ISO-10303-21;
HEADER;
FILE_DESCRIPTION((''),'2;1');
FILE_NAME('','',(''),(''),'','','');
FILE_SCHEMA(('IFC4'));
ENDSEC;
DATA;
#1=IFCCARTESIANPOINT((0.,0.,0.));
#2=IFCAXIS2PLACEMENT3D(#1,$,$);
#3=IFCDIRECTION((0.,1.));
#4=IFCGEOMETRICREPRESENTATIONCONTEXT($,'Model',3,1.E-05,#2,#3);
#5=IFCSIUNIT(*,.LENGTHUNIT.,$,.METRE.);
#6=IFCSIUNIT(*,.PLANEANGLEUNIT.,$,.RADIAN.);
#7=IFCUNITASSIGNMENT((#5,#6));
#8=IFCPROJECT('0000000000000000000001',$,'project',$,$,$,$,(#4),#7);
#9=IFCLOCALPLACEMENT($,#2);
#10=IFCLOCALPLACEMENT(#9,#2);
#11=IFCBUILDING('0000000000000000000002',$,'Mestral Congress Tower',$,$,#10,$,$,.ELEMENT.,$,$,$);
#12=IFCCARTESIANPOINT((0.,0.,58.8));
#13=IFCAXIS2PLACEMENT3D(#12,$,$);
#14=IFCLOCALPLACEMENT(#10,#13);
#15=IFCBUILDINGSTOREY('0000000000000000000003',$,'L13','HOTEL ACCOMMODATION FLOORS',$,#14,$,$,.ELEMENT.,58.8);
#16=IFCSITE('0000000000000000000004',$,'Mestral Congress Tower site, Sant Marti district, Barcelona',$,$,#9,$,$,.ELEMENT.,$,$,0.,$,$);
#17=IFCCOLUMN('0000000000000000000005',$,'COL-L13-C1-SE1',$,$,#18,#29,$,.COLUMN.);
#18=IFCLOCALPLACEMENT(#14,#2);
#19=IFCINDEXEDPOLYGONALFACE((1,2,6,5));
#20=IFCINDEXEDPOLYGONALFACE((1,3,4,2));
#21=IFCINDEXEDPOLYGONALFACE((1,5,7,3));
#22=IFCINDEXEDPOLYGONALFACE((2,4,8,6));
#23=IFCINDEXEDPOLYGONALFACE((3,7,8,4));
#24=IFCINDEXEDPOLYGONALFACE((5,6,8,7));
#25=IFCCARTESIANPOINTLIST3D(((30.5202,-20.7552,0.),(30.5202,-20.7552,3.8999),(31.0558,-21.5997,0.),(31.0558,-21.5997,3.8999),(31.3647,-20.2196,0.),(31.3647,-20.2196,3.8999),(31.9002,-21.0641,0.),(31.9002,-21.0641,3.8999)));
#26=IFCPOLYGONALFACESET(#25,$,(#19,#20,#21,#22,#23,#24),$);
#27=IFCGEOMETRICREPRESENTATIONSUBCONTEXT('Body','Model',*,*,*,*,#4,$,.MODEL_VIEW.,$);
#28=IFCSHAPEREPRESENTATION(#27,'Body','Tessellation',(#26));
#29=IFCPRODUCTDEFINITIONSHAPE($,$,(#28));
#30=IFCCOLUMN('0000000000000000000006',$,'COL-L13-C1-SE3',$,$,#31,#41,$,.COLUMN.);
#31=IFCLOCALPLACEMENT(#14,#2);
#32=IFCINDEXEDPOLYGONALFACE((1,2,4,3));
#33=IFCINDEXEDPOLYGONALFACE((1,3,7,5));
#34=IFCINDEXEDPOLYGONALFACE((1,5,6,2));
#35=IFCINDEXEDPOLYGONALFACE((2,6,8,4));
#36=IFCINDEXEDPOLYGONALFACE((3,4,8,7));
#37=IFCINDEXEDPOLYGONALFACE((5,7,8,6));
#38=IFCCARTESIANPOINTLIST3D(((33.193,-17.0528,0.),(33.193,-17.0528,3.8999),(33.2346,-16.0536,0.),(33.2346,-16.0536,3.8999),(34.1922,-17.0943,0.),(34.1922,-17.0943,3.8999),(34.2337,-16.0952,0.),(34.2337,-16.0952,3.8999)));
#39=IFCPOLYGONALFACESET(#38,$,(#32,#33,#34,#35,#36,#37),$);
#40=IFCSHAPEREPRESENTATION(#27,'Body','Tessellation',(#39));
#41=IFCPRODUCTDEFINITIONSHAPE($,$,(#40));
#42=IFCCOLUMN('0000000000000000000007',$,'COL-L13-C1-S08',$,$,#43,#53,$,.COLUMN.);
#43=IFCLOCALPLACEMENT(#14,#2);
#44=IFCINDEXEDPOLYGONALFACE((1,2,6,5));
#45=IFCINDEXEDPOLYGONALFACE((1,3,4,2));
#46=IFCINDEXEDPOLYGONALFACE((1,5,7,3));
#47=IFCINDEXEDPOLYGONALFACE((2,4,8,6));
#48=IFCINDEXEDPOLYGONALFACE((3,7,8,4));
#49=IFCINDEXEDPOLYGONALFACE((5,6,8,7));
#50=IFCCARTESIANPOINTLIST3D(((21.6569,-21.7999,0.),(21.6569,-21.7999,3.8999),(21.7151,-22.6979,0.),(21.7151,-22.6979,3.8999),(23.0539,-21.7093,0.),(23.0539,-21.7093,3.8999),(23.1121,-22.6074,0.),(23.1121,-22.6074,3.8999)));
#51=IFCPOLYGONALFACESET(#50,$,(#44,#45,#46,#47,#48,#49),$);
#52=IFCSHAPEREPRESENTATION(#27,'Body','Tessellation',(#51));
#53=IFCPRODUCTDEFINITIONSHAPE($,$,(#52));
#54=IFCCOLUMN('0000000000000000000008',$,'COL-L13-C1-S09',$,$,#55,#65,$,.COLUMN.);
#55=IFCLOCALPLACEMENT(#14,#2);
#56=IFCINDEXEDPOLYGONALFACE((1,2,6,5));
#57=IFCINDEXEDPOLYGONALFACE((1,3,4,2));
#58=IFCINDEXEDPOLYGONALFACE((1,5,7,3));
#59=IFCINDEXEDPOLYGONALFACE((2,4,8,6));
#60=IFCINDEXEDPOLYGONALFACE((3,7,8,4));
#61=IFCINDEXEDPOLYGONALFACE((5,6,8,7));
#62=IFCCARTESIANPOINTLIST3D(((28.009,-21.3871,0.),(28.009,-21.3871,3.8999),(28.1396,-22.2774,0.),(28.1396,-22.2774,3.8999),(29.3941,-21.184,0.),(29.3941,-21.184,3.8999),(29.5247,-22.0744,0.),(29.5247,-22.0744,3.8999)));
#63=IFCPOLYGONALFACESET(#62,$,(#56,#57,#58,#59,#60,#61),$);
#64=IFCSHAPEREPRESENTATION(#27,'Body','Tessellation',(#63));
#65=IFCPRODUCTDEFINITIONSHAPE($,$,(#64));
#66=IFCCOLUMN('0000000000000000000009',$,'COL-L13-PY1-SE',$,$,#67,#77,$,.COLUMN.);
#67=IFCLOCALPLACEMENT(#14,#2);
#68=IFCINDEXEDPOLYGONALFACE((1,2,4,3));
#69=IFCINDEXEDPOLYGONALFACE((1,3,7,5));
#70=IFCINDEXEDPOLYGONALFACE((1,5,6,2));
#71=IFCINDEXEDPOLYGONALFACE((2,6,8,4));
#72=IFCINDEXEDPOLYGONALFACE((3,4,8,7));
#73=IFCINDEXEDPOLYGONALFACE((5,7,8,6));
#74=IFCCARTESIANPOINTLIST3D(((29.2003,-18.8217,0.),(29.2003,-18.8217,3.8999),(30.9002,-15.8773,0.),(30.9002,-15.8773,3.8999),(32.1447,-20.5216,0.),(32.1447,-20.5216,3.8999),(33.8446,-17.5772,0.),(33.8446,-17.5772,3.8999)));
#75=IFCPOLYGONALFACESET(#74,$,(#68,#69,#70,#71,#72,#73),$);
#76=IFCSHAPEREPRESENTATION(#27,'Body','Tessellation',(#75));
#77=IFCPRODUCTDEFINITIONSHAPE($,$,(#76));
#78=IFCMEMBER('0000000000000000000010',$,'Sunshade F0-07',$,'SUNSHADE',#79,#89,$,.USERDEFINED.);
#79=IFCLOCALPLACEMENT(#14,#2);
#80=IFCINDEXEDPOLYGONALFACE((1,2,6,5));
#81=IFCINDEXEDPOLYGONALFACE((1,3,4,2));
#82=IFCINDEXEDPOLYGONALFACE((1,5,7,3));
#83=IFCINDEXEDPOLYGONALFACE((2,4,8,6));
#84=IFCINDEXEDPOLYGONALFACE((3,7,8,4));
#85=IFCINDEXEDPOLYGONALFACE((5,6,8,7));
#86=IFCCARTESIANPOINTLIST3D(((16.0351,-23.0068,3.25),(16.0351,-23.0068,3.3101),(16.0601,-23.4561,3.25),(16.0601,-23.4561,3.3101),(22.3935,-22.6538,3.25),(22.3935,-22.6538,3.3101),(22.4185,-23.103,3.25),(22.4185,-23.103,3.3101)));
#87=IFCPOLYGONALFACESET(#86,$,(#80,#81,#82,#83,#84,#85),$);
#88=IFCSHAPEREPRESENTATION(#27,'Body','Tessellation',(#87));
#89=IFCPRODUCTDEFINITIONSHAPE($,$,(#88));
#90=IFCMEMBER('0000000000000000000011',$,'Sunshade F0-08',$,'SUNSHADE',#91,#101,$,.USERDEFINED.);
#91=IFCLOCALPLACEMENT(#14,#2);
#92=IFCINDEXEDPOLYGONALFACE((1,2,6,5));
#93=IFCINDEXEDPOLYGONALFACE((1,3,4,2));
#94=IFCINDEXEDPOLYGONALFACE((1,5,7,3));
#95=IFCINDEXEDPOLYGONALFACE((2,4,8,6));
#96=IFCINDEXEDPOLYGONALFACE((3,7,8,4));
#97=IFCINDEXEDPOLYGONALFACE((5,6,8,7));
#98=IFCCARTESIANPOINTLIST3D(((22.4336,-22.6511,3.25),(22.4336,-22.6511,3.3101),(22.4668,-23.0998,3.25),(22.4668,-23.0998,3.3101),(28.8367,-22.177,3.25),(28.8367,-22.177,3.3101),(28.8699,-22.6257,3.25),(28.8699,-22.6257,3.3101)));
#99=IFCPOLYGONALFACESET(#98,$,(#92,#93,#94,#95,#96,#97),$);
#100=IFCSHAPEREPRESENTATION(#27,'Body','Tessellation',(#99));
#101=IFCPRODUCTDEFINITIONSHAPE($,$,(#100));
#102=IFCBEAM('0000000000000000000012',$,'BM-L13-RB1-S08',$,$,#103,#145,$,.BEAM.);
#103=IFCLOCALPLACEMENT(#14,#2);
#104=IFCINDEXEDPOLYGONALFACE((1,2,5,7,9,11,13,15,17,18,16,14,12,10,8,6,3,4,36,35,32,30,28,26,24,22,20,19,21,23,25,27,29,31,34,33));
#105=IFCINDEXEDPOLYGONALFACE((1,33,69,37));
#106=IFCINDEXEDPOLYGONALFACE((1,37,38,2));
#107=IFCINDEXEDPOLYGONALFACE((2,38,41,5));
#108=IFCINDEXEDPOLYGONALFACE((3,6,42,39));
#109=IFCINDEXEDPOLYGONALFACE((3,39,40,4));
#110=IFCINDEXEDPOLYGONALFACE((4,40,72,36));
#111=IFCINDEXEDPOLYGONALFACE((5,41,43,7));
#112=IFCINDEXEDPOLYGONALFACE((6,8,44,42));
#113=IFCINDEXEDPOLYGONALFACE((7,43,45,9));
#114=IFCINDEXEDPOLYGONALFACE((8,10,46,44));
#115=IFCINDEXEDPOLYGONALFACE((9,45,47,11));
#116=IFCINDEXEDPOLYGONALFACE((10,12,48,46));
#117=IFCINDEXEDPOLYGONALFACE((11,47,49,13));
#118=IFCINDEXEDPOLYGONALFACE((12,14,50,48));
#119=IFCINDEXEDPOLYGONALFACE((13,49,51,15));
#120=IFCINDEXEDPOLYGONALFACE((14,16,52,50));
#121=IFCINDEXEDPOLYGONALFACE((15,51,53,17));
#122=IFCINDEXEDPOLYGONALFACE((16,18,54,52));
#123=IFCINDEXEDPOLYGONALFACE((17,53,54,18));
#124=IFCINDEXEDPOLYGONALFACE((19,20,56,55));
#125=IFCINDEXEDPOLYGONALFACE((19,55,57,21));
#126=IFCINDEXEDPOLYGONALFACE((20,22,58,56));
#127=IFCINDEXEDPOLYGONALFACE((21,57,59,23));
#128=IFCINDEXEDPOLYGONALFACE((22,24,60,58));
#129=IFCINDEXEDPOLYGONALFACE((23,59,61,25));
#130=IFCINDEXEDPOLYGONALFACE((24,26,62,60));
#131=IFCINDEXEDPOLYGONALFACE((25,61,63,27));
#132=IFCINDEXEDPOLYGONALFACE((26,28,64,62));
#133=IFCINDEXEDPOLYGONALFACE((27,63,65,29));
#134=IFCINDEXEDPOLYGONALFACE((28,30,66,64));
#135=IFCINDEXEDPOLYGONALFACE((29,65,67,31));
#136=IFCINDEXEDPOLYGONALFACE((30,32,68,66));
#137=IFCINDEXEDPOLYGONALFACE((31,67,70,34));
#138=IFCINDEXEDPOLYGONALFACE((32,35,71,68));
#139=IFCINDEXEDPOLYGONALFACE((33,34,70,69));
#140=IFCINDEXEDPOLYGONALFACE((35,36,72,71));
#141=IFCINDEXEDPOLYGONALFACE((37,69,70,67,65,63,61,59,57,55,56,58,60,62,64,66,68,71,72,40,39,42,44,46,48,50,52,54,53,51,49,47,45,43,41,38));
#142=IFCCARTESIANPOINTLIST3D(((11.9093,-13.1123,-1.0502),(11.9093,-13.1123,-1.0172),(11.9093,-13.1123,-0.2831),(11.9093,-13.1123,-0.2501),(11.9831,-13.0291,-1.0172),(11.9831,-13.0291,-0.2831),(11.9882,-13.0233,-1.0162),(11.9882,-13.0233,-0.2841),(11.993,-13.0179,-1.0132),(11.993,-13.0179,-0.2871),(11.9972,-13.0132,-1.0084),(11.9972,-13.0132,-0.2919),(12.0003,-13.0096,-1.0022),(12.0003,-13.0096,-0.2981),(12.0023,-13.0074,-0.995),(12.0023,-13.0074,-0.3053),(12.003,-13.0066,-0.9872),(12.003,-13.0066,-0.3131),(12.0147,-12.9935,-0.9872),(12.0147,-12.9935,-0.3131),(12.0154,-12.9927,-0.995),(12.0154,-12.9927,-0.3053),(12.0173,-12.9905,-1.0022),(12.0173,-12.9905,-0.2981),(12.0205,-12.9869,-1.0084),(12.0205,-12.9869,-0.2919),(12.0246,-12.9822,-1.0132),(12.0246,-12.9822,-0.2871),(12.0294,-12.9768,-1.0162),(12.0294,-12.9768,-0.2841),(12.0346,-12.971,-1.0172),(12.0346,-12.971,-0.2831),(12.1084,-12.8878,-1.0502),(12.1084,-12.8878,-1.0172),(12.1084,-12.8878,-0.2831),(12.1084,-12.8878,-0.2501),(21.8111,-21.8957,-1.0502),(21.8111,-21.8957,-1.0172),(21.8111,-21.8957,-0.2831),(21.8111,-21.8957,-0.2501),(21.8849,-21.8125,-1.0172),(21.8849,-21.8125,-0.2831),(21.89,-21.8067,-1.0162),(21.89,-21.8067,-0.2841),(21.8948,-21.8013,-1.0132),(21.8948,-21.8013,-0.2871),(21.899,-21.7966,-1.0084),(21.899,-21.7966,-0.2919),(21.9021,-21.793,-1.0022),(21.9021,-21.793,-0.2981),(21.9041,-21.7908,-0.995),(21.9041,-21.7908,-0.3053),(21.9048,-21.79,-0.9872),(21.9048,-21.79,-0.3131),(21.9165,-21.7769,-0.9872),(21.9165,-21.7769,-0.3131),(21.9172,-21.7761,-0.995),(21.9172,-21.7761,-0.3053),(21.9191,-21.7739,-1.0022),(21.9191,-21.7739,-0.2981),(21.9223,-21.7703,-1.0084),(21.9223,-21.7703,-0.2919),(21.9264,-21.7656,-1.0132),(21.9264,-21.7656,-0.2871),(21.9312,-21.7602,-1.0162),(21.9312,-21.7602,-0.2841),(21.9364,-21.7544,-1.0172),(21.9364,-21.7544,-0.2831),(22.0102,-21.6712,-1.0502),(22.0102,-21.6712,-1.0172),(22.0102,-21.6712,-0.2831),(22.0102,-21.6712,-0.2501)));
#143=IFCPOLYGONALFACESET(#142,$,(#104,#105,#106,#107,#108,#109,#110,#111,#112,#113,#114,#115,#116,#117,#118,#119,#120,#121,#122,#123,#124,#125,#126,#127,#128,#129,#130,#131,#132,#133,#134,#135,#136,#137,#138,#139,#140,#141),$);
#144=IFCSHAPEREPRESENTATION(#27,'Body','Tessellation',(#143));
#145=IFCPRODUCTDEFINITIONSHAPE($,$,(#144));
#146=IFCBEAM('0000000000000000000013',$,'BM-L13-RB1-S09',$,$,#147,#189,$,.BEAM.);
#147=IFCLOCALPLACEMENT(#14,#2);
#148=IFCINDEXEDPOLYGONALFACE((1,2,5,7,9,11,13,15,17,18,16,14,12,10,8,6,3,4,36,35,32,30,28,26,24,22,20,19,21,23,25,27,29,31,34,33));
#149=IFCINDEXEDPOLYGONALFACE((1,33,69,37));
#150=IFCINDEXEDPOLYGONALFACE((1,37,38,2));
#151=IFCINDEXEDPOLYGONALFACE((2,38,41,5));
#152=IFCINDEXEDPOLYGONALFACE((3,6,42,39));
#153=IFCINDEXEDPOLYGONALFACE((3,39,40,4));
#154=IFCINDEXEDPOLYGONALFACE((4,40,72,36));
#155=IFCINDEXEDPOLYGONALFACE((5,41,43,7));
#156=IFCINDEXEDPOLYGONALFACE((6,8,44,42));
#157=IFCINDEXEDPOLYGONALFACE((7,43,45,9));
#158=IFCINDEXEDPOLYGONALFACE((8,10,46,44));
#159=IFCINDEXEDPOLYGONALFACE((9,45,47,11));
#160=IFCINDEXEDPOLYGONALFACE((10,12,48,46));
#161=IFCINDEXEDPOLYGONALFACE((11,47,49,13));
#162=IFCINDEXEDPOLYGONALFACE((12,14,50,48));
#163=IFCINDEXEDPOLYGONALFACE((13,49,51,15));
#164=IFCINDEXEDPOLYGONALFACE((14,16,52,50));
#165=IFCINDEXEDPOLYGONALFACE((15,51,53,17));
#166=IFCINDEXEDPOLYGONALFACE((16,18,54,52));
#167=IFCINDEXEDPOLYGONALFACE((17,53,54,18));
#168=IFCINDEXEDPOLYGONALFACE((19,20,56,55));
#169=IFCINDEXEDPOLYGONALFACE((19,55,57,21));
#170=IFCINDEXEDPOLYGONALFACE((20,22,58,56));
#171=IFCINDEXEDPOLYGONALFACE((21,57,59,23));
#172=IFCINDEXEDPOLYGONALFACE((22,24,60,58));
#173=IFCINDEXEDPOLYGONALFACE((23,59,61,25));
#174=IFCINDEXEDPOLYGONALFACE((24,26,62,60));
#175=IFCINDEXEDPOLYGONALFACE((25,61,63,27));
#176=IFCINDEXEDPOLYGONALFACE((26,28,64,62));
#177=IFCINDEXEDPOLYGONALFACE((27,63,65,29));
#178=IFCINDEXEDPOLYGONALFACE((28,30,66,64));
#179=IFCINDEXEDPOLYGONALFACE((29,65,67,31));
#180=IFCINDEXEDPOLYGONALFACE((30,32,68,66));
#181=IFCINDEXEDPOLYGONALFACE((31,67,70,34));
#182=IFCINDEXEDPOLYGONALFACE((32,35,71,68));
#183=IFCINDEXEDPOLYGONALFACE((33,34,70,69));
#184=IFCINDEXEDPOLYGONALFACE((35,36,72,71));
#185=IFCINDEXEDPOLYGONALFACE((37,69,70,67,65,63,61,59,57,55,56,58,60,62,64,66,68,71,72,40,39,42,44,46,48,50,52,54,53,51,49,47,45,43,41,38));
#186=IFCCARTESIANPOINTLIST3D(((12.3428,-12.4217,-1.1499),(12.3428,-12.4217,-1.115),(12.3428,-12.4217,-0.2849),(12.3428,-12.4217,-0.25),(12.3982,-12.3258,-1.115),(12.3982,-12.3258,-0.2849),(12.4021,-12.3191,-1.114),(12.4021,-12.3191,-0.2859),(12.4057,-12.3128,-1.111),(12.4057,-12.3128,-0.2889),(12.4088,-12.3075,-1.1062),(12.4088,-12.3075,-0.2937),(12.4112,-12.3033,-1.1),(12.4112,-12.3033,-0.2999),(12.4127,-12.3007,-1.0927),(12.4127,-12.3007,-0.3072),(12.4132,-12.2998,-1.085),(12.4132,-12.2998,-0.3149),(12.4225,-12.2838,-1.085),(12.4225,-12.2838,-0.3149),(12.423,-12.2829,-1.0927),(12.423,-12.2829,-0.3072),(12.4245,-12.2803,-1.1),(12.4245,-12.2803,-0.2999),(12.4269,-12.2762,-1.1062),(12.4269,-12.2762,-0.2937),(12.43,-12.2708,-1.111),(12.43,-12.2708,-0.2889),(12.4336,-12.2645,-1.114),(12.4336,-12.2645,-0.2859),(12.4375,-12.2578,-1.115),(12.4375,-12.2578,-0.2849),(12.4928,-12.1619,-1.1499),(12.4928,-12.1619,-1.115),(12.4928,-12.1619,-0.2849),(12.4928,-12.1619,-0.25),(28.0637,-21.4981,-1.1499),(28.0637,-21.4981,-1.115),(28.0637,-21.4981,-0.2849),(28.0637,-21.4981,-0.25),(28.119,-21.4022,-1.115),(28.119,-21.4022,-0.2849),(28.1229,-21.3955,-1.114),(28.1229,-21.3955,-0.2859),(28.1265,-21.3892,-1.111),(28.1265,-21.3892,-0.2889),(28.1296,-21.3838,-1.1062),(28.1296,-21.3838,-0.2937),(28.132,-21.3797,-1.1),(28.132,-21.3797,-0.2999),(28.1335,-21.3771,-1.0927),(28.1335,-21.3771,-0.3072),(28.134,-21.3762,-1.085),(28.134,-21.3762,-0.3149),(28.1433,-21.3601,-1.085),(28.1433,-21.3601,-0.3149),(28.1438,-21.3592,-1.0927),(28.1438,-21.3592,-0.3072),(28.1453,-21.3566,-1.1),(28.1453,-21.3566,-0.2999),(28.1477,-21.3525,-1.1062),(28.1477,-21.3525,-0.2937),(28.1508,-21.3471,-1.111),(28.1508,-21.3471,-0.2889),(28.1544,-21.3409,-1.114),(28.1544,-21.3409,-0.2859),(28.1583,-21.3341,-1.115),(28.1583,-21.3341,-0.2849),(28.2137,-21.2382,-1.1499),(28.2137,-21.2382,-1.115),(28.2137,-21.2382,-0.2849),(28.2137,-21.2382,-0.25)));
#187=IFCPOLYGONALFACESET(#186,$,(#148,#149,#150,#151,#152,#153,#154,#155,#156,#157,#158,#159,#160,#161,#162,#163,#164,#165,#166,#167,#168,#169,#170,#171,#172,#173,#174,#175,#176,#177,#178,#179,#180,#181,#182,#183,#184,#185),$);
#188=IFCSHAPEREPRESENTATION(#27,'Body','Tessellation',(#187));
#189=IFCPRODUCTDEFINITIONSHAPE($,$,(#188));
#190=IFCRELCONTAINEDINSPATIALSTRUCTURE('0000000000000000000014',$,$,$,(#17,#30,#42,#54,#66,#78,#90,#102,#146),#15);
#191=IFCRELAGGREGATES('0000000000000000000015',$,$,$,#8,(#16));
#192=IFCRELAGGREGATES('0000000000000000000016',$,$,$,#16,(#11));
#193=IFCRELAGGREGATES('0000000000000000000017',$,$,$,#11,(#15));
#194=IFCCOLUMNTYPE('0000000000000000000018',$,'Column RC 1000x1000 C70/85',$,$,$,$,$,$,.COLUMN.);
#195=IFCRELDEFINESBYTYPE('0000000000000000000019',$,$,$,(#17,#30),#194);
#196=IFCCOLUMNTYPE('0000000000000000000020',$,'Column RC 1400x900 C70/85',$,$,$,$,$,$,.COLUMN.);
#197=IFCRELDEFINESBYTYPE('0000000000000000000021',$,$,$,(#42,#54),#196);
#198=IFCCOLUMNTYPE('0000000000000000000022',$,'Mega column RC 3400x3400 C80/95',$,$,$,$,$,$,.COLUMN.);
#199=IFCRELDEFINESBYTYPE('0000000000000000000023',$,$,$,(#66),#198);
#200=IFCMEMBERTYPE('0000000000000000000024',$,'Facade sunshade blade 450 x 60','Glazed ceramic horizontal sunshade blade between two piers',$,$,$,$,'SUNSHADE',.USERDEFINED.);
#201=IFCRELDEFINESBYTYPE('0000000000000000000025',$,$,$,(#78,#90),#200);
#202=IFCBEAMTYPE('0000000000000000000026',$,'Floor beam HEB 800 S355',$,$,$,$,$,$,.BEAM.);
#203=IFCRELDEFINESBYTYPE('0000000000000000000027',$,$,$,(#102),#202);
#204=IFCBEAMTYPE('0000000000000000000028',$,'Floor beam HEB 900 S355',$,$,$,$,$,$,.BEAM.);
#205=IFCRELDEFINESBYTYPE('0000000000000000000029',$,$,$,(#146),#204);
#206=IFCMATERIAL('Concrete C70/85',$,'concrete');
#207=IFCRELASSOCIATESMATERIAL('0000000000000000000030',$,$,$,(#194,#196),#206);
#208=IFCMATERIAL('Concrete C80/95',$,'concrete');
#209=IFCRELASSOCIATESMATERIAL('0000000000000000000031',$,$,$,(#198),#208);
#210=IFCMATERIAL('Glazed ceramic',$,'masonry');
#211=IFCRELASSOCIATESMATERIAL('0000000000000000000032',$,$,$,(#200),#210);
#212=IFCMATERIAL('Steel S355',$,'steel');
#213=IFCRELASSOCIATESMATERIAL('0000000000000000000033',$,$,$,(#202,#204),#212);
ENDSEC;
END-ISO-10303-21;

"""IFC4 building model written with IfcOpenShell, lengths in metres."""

from ifc_helpers import new_model, si_unit, direction, frame, origin, origin_2d, place, context, subcontext, project, spatial, rectangle, i_section, extrude, material, material_profile, profile_set, type_object, element, save


model = new_model("IFC4")

# Units and contexts
model_context = context("Model", 3, precision=1e-05, world=origin(), true_north=direction((0.0, 1.0)))
body_context = subcontext(model_context, "Body", "Model", "MODEL_VIEW")
ifc_project = project(units=[si_unit("LENGTHUNIT", "METRE"), si_unit("PLANEANGLEUNIT", "RADIAN")], contexts=[model_context])

# Site, building, storey
site_placement = place(None, origin())
site = spatial("IfcSite", under=ifc_project, at=site_placement, Name="Mestral Congress Tower site, Sant Marti district, Barcelona", CompositionType="ELEMENT", RefElevation=0.0)
building_placement = place(site_placement, origin())
building = spatial("IfcBuilding", under=site, at=building_placement, Name="Mestral Congress Tower", CompositionType="ELEMENT")
storey_placement = place(building_placement, frame((0.0, 0.0, 58.8)))
storey = spatial("IfcBuildingStorey", under=building, at=storey_placement, Name="L13", Description="HOTEL ACCOMMODATION FLOORS", CompositionType="ELEMENT", Elevation=58.8)

# Columns
ifc_material_1 = material(Name="Concrete C70/85", Category="concrete")
ifc_material_profile_1 = material_profile(ifc_material_1, rectangle(XDim=1.0, YDim=1.0, at=origin_2d()), Name="RC 1000x1000")
ifc_profile_set_1 = profile_set([ifc_material_profile_1], Name="Concrete C70/85")
column_type_1 = type_object("IfcColumnType", Name="Column RC 1000x1000 C70/85", PredefinedType="COLUMN", material=ifc_profile_set_1)
for number, where, z_axis, x_axis, name in (
    (1, (31.2102, -20.9097, 0.0), (0.0, 0.0, 1.0), (0.844485, 0.535579, 0.0), "COL-L13-C1-SE1"),
    (2, (33.7134, -16.574, 0.0), (0.0, 0.0, 1.0), (0.041583, 0.999135, 0.0), "COL-L13-C1-SE3"),
):
    element("IfcColumn", number, at=place(storey_placement, frame(where, z_axis=z_axis, x_axis=x_axis)), inside=storey, type_object=column_type_1, Name=name, PredefinedType="COLUMN", context=body_context, shape_type="SweptSolid", body=[
        extrude(rectangle(XDim=1.0, YDim=1.0, at=origin_2d()), origin(), (0.0, 0.0, 1.0), 3.8999),
    ])
ifc_material_profile_2 = material_profile(ifc_material_1, rectangle(XDim=1.3999, YDim=0.8999, at=origin_2d()), Name="RC 1400x900")
ifc_profile_set_2 = profile_set([ifc_material_profile_2], Name="Concrete C70/85")
column_type_2 = type_object("IfcColumnType", Name="Column RC 1400x900 C70/85", PredefinedType="COLUMN", material=ifc_profile_set_2)
for number, where, z_axis, x_axis, name in (
    (3, (22.3845, -22.2036, 0.0), (0.0, 0.0, 1.0), (0.997908, 0.064658, 0.0), "COL-L13-C1-S08"),
    (4, (28.7668, -21.7307, 0.0), (0.0, 0.0, 1.0), (0.989424, 0.145056, 0.0), "COL-L13-C1-S09"),
):
    element("IfcColumn", number, at=place(storey_placement, frame(where, z_axis=z_axis, x_axis=x_axis)), inside=storey, type_object=column_type_2, Name=name, PredefinedType="COLUMN", context=body_context, shape_type="SweptSolid", body=[
        extrude(rectangle(XDim=1.3999, YDim=0.8999, at=origin_2d()), origin(), (0.0, 0.0, 1.0), 3.8999),
    ])
ifc_material_2 = material(Name="Concrete C80/95", Category="concrete")
ifc_material_profile_3 = material_profile(ifc_material_2, rectangle(XDim=3.3999, YDim=3.3999, at=origin_2d()), Name="RC 3400x3400")
ifc_profile_set_3 = profile_set([ifc_material_profile_3], Name="Concrete C80/95")
column_type_3 = type_object("IfcColumnType", Name="Mega column RC 3400x3400 C80/95", PredefinedType="COLUMN", material=ifc_profile_set_3)
column_placement = place(storey_placement, frame((31.5225, -18.1995, 0.0), z_axis=(0.0, 0.0, 1.0), x_axis=(0.866025, -0.5, 0.0)))
element("IfcColumn", 5, at=column_placement, inside=storey, type_object=column_type_3, Name="COL-L13-PY1-SE", PredefinedType="COLUMN", context=body_context, shape_type="SweptSolid", body=[
    extrude(rectangle(XDim=3.3999, YDim=3.3999, at=origin_2d()), origin(), (0.0, 0.0, 1.0), 3.8999),
])

# Members
ifc_material_3 = material(Name="Glazed ceramic", Category="masonry")
ifc_material_profile_4 = material_profile(ifc_material_3, rectangle(XDim=0.45, YDim=0.0601, at=origin_2d()), Name="Ceramic blade 450 x 60")
ifc_profile_set_4 = profile_set([ifc_material_profile_4], Name="Glazed ceramic")
member_type = type_object("IfcMemberType", Name="Facade sunshade blade 450 x 60", Description="Glazed ceramic horizontal sunshade blade between two piers", ElementType="SUNSHADE", PredefinedType="USERDEFINED", material=ifc_profile_set_4)
member_1_placement = place(storey_placement, frame((16.0476, -23.2314, 3.28), z_axis=(0.998462, 0.055436, 0.0), x_axis=(-0.055436, 0.998462, 0.0)))
element("IfcMember", 6, at=member_1_placement, inside=storey, type_object=member_type, Name="Sunshade F0-07", ObjectType="SUNSHADE", PredefinedType="USERDEFINED", context=body_context, shape_type="SweptSolid", body=[
    extrude(rectangle(XDim=0.45, YDim=0.0601, at=origin_2d()), origin(), (0.0, 0.0, 1.0), 6.3682),
])
member_2_placement = place(storey_placement, frame((22.4502, -22.8755, 3.28), z_axis=(0.99727, 0.073844, 0.0), x_axis=(-0.073844, 0.99727, 0.0)))
element("IfcMember", 7, at=member_2_placement, inside=storey, type_object=member_type, Name="Sunshade F0-08", ObjectType="SUNSHADE", PredefinedType="USERDEFINED", context=body_context, shape_type="SweptSolid", body=[
    extrude(rectangle(XDim=0.45, YDim=0.0601, at=origin_2d()), origin(), (0.0, 0.0, 1.0), 6.4207),
])

# Beams
ifc_material_4 = material(Name="Steel S355", Category="steel")
ifc_material_profile_5 = material_profile(ifc_material_4, i_section(OverallWidth=0.3, OverallDepth=0.8, WebThickness=0.0176, FlangeThickness=0.033, FilletRadius=0.03, at=origin_2d()), Name="HEB 800")
ifc_profile_set_5 = profile_set([ifc_material_profile_5], Name="Steel S355")
beam_type_1 = type_object("IfcBeamType", Name="Floor beam HEB 800 S355", PredefinedType="BEAM", material=ifc_profile_set_5)
beam_1_placement = place(storey_placement, frame((21.9106, -21.7834, -0.6501), z_axis=(-0.748092, 0.663595, 0.0), x_axis=(-0.663595, -0.748092, 0.0)))
element("IfcBeam", 8, at=beam_1_placement, inside=storey, type_object=beam_type_1, Name="BM-L13-RB1-S08", PredefinedType="BEAM", context=body_context, shape_type="SweptSolid", body=[
    extrude(i_section(OverallWidth=0.3, OverallDepth=0.8, WebThickness=0.0176, FlangeThickness=0.033, FilletRadius=0.03, at=origin_2d()), origin(), (0.0, 0.0, 1.0), 13.2361),
])
ifc_material_profile_6 = material_profile(ifc_material_4, i_section(OverallWidth=0.3, OverallDepth=0.8999, WebThickness=0.0186, FlangeThickness=0.0349, FilletRadius=0.03, at=origin_2d()), Name="HEB 900")
ifc_profile_set_6 = profile_set([ifc_material_profile_6], Name="Steel S355")
beam_type_2 = type_object("IfcBeamType", Name="Floor beam HEB 900 S355", PredefinedType="BEAM", material=ifc_profile_set_6)
beam_2_placement = place(storey_placement, frame((28.1387, -21.3682, -0.7), z_axis=(-0.866027, 0.499997, 0.0), x_axis=(-0.499997, -0.866027, 0.0)))
element("IfcBeam", 9, at=beam_2_placement, inside=storey, type_object=beam_type_2, Name="BM-L13-RB1-S09", PredefinedType="BEAM", context=body_context, shape_type="SweptSolid", body=[
    extrude(i_section(OverallWidth=0.3, OverallDepth=0.8999, WebThickness=0.0186, FlangeThickness=0.0349, FilletRadius=0.03, at=origin_2d()), origin(), (0.0, 0.0, 1.0), 18.1528),
])

save(model, "model.ifc")
